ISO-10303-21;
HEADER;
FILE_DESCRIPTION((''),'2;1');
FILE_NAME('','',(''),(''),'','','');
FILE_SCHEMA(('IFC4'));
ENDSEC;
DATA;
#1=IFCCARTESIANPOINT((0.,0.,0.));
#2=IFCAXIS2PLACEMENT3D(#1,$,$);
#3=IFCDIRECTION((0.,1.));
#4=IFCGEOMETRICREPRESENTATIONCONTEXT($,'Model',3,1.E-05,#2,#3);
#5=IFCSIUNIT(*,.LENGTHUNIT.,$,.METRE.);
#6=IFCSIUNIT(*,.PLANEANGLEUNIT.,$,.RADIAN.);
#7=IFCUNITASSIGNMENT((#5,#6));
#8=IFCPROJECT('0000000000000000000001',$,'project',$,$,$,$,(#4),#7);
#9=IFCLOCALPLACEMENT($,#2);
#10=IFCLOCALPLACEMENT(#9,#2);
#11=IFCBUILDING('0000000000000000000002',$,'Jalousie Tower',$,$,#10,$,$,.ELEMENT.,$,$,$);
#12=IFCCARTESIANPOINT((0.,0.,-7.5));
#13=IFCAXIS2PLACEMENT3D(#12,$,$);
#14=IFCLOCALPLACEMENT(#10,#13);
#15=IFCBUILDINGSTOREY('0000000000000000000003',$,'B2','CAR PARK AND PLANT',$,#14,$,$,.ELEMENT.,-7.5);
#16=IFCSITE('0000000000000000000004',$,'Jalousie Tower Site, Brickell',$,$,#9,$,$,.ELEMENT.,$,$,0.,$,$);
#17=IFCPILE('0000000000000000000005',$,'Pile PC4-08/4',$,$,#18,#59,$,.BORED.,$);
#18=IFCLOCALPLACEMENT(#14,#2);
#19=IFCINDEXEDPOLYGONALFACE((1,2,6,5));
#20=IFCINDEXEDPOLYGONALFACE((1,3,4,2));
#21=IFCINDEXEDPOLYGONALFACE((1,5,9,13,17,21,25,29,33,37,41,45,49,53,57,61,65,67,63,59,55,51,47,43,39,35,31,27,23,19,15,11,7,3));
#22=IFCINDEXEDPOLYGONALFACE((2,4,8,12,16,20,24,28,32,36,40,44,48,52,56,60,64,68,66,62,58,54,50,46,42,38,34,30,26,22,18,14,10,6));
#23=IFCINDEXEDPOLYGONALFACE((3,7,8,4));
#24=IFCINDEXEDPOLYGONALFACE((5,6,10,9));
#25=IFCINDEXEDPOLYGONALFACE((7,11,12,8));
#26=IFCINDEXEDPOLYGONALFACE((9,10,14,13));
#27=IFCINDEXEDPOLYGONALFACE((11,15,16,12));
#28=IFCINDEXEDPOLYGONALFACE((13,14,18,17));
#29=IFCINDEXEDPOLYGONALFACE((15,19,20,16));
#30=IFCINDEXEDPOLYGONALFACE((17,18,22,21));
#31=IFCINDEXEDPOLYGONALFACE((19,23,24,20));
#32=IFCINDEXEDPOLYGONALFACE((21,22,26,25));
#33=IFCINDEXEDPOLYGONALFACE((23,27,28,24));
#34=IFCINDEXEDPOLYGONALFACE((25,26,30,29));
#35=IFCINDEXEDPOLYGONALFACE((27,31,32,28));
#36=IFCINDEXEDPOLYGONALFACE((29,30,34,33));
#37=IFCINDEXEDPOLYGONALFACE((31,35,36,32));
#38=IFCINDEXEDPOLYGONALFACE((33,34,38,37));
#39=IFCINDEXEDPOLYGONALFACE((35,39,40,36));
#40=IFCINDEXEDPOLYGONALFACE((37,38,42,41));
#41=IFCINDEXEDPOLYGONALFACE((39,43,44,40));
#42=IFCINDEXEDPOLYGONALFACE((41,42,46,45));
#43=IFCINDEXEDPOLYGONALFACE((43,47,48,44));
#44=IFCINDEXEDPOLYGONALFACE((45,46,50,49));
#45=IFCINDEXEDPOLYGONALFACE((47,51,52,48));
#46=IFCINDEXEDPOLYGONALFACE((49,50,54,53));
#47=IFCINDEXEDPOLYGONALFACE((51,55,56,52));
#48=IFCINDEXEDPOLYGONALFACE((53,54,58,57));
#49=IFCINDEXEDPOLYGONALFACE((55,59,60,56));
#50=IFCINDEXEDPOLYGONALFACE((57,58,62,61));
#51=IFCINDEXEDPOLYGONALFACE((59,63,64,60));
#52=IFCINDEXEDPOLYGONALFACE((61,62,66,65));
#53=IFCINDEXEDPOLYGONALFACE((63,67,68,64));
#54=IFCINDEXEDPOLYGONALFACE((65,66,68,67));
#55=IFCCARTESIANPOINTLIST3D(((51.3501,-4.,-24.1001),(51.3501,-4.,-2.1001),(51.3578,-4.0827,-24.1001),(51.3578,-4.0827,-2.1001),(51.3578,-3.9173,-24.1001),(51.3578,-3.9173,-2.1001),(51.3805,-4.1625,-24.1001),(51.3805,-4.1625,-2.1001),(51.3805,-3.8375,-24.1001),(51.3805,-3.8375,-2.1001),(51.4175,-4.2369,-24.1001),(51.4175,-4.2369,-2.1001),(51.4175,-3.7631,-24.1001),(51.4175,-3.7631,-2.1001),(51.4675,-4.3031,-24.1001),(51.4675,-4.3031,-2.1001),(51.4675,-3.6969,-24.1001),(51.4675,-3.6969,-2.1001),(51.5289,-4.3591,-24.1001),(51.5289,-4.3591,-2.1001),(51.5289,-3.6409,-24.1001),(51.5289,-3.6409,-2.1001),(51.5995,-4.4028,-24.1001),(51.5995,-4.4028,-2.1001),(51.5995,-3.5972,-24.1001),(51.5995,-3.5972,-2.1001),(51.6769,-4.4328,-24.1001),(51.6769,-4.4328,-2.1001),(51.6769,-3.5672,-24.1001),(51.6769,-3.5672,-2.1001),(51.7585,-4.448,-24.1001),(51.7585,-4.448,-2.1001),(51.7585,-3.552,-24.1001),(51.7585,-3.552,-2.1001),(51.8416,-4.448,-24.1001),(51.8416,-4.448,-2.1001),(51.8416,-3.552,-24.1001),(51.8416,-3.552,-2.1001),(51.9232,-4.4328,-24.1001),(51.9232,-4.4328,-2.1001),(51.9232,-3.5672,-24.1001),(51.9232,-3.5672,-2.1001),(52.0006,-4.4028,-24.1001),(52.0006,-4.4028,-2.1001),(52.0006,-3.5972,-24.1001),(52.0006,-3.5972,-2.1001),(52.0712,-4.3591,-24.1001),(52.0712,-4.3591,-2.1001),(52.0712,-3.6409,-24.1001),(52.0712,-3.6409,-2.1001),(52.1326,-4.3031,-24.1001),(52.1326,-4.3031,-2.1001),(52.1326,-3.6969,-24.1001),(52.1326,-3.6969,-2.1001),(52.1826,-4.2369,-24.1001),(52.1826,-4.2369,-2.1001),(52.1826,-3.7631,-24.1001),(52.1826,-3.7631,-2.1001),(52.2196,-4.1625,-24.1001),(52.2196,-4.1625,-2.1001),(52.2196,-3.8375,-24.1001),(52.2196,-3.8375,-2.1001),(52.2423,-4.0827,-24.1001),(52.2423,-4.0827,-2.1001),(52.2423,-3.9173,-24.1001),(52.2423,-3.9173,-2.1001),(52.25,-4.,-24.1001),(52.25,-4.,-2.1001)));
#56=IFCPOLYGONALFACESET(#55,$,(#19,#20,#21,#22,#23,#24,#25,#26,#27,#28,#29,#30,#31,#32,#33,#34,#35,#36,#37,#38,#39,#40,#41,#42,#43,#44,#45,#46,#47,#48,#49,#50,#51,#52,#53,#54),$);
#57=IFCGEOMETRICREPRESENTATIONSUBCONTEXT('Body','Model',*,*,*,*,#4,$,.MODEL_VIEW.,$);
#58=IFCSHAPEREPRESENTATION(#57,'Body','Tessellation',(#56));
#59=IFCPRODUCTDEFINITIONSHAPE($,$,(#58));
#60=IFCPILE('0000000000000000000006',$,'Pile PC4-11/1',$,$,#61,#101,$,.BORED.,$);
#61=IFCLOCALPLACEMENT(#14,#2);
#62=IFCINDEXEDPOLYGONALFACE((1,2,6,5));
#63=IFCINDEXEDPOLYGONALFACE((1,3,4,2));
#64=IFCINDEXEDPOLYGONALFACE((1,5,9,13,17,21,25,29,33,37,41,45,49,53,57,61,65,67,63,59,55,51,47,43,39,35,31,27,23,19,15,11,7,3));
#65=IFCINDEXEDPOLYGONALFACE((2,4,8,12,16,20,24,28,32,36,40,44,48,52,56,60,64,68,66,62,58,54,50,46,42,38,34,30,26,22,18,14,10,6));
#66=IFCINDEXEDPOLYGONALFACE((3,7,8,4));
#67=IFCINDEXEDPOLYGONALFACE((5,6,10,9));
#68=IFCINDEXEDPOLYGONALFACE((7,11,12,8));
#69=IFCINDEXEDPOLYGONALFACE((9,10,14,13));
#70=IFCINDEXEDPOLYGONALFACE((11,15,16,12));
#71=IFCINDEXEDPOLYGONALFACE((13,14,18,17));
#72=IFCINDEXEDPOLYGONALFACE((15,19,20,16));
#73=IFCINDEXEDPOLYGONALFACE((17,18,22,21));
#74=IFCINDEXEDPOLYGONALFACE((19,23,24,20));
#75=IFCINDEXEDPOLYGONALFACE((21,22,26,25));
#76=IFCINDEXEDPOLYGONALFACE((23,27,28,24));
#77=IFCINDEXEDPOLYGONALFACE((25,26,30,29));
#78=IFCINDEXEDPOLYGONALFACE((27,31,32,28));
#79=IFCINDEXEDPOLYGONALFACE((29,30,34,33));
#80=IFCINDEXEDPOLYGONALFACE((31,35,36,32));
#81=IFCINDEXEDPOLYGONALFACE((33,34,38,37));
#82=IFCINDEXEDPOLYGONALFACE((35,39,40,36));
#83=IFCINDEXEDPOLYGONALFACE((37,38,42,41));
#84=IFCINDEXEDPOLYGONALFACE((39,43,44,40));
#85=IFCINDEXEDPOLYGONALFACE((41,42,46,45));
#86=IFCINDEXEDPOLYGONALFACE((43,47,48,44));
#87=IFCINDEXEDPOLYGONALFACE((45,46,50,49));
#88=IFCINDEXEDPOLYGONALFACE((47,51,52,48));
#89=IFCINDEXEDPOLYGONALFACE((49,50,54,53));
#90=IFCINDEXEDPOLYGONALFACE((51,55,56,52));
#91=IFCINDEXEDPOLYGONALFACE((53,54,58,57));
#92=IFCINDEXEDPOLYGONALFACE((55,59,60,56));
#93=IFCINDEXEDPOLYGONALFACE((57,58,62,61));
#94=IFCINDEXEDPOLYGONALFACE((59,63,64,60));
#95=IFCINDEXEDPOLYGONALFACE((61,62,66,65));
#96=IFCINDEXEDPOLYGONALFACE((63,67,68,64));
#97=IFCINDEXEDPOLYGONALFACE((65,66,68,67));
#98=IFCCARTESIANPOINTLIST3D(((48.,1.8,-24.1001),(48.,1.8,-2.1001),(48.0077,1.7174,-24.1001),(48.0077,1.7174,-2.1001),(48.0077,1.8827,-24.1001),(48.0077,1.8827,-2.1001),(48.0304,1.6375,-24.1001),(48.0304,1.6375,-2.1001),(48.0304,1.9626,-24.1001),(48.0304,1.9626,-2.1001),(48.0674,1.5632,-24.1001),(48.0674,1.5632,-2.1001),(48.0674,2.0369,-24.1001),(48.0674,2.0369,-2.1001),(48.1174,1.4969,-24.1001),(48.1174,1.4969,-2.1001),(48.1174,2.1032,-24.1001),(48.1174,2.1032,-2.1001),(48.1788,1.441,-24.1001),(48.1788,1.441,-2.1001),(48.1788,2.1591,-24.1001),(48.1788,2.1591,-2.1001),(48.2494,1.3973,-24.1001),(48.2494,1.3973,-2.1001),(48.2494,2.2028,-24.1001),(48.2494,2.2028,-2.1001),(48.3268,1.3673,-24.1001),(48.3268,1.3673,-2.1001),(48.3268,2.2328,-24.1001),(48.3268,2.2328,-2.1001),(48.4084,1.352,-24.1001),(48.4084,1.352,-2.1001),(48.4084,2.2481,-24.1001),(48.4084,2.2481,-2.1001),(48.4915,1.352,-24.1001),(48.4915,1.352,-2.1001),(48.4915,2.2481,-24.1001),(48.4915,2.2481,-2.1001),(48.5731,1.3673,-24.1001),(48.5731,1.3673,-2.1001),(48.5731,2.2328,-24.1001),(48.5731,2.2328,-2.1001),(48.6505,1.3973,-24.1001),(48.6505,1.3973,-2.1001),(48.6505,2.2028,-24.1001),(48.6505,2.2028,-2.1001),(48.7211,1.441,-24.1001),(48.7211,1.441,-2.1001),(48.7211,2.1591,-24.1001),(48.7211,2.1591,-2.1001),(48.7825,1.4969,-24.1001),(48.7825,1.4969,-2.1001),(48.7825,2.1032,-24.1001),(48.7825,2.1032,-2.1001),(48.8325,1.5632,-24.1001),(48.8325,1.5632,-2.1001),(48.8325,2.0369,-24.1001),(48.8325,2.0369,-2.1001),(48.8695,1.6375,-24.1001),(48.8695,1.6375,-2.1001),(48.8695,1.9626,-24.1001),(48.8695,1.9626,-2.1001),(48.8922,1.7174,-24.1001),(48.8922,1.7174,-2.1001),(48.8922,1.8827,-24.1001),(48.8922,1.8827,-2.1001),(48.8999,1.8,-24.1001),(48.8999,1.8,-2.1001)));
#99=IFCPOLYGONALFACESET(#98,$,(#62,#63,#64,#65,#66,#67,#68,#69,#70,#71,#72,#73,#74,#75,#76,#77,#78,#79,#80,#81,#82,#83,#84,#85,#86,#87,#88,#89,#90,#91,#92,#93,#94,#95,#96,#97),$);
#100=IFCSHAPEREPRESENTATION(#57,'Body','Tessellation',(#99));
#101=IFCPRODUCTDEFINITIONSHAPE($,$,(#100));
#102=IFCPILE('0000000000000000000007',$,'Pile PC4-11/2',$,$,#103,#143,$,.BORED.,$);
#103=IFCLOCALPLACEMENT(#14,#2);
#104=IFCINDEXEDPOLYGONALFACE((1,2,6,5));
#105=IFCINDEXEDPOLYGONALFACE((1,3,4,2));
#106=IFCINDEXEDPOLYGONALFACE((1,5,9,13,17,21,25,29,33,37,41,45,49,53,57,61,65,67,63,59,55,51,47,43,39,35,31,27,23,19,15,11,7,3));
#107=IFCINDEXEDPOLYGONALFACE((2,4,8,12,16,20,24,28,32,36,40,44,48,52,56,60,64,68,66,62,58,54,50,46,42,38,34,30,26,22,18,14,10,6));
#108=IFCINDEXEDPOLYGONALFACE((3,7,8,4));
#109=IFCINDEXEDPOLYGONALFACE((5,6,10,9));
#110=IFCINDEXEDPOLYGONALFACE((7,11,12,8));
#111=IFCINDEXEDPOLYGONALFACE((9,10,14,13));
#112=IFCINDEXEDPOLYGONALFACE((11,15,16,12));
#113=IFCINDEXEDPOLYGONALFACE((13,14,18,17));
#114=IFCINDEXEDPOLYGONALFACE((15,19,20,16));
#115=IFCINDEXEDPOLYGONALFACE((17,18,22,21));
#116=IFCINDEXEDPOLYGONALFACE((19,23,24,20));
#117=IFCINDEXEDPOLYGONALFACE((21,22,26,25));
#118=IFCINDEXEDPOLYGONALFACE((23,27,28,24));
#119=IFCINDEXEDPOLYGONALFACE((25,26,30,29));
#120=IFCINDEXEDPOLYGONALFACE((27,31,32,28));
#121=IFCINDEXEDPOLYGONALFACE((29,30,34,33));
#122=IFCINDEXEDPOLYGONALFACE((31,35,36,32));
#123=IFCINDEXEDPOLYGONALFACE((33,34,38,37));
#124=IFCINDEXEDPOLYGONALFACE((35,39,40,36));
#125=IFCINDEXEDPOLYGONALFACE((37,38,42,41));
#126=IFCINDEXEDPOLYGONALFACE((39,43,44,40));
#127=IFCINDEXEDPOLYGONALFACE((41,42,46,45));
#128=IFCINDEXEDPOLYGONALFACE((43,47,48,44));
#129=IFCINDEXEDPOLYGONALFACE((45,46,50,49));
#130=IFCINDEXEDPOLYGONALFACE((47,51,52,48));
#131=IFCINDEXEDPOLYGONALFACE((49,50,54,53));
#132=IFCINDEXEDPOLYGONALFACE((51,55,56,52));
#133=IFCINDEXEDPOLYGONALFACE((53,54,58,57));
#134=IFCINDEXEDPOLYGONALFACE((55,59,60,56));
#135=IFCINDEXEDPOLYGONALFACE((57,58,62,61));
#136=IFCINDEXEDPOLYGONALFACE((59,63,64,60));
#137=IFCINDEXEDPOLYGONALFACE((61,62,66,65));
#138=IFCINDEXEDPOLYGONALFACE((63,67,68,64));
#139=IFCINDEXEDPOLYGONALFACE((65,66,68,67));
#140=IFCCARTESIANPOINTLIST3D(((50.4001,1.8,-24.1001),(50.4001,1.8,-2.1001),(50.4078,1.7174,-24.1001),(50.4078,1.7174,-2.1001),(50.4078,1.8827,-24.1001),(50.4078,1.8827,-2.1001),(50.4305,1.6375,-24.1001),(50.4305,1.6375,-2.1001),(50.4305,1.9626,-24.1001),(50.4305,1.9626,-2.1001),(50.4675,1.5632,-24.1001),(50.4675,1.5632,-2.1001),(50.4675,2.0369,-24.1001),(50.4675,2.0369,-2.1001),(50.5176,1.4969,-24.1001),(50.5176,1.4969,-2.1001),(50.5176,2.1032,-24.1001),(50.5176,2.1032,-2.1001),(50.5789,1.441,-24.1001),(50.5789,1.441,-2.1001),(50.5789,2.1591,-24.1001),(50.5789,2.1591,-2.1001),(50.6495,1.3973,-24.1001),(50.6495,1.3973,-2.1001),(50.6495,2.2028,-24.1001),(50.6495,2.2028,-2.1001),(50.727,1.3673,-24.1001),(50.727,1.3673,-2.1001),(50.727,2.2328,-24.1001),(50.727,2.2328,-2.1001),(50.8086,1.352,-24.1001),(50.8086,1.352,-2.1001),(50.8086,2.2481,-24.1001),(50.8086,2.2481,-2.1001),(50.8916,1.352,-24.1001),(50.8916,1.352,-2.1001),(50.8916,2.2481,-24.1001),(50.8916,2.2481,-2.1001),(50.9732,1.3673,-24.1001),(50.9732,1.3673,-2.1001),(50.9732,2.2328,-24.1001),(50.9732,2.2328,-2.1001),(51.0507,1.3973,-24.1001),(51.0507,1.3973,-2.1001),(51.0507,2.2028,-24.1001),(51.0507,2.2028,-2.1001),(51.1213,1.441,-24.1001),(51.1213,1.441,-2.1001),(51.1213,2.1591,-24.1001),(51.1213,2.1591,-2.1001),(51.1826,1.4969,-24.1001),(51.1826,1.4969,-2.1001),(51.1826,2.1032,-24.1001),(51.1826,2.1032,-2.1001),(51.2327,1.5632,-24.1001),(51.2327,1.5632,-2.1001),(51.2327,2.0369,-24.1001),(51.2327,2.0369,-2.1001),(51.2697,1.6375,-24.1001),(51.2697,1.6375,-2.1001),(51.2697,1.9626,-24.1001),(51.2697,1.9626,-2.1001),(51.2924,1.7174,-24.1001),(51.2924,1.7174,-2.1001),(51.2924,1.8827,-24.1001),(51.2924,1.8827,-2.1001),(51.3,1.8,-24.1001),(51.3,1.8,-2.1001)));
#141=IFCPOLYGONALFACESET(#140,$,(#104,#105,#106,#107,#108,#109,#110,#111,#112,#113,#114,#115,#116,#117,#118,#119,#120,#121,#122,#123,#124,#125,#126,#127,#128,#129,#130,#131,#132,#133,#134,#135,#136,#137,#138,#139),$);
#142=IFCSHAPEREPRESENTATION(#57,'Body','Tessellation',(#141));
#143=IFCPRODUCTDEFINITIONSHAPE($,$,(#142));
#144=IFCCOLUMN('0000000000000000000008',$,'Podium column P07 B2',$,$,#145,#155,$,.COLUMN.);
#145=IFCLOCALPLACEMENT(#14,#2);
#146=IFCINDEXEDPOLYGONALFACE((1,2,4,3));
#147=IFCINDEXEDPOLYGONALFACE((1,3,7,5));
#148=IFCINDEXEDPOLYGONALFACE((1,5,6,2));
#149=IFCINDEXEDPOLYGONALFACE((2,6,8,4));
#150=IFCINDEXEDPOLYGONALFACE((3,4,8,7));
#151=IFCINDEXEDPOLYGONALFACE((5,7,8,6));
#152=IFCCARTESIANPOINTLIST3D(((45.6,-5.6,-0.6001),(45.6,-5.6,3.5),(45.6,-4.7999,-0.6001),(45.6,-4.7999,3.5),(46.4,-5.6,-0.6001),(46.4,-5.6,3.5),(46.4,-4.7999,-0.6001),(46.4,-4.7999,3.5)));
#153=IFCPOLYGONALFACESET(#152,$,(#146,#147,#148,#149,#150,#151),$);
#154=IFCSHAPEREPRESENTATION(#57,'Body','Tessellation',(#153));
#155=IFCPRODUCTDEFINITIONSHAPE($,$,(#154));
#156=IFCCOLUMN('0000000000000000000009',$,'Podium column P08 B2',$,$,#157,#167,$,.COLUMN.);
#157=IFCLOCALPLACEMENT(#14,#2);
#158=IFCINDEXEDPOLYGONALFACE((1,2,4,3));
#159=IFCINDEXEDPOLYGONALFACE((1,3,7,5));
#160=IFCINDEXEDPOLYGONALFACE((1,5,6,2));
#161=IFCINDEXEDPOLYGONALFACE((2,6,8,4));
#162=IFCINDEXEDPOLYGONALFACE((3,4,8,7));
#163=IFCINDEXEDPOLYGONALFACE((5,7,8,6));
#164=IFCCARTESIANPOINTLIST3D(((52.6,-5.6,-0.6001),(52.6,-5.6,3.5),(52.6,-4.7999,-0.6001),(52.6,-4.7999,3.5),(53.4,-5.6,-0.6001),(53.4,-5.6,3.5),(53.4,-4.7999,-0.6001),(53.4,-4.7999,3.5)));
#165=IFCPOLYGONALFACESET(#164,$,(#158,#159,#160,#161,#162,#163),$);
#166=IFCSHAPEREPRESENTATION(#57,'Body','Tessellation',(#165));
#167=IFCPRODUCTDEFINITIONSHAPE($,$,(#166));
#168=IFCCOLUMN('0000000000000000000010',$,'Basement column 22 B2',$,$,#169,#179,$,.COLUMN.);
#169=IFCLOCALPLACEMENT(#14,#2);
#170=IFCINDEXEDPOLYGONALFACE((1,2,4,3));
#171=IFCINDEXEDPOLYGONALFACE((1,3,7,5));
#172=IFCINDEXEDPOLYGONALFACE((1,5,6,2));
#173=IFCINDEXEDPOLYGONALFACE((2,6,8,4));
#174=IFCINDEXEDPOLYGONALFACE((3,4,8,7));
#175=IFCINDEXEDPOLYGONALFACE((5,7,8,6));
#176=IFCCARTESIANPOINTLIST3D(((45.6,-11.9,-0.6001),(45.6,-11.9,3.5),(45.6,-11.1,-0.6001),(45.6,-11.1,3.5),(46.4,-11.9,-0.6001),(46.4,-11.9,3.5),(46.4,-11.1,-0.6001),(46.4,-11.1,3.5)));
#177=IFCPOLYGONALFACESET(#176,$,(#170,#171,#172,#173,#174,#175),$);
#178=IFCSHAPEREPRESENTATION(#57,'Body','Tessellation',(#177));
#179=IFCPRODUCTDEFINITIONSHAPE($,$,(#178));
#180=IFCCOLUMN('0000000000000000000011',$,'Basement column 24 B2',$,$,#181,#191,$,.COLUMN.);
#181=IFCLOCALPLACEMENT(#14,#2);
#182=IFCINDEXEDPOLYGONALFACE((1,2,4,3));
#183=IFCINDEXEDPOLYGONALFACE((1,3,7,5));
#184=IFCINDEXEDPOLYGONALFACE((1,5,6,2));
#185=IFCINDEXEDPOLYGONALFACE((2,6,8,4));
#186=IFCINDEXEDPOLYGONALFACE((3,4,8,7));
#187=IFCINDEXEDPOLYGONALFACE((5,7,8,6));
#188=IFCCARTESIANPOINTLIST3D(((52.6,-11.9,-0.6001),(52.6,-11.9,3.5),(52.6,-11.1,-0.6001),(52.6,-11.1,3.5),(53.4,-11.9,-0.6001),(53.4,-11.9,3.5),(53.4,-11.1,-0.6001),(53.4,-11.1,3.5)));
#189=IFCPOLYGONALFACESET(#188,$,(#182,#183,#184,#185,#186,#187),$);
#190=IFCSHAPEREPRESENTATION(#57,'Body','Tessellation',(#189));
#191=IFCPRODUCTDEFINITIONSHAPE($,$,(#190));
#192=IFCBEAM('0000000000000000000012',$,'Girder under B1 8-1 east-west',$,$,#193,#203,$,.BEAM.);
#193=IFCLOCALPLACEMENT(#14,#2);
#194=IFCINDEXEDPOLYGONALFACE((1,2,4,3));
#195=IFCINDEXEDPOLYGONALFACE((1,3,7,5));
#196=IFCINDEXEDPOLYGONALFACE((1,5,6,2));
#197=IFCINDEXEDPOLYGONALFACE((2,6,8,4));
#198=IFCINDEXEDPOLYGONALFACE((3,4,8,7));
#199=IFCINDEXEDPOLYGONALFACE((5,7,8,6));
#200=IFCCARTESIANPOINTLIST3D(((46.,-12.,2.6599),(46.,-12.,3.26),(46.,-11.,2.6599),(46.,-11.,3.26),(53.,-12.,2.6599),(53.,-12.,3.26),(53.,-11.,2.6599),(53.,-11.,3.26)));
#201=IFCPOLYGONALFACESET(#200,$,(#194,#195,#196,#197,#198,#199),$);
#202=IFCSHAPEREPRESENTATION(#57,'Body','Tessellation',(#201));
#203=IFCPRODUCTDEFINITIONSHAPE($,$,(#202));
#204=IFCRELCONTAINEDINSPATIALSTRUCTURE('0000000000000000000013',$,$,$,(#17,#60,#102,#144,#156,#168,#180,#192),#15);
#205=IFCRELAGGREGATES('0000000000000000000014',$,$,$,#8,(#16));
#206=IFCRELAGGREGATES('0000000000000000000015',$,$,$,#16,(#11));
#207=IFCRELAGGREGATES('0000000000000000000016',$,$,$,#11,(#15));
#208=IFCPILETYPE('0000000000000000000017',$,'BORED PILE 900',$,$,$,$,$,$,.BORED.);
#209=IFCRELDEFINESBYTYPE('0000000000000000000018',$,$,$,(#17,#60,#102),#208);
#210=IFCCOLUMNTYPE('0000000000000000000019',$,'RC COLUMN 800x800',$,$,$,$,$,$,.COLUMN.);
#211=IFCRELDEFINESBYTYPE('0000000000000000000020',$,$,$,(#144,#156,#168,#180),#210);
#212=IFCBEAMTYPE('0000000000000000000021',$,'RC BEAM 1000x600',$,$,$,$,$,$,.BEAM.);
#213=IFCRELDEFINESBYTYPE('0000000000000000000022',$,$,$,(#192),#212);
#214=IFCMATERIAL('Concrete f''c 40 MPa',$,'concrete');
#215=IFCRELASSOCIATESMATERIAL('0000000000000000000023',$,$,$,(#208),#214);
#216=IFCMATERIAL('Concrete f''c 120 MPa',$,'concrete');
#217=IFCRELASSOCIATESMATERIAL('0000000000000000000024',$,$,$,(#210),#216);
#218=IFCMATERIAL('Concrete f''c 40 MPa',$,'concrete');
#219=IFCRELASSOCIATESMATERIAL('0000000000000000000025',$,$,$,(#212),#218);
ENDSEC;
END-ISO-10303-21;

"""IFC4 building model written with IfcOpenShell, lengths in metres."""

from ifc_helpers import new_model, si_unit, direction, frame, origin, origin_2d, place, context, subcontext, project, spatial, rectangle, circle, extrude, material, material_profile, profile_set, type_object, element, save


model = new_model("IFC4")

# Units and contexts
model_context = context("Model", 3, precision=1e-05, world=origin(), true_north=direction((0.0, 1.0)))
body_context = subcontext(model_context, "Body", "Model", "MODEL_VIEW")
ifc_project = project(units=[si_unit("LENGTHUNIT", "METRE"), si_unit("PLANEANGLEUNIT", "RADIAN")], contexts=[model_context])

# Site, building, storey
site_placement = place(None, origin())
site = spatial("IfcSite", under=ifc_project, at=site_placement, Name="Jalousie Tower Site, Brickell", CompositionType="ELEMENT", RefElevation=0.0)
building_placement = place(site_placement, origin())
building = spatial("IfcBuilding", under=site, at=building_placement, Name="Jalousie Tower", CompositionType="ELEMENT")
storey_placement = place(building_placement, frame((0.0, 0.0, -7.5)))
storey = spatial("IfcBuildingStorey", under=building, at=storey_placement, Name="B2", Description="CAR PARK AND PLANT", CompositionType="ELEMENT", Elevation=-7.5)

# Piles
ifc_material_1 = material(Name="Concrete f'c 40 MPa", Category="concrete")
ifc_material_profile_1 = material_profile(ifc_material_1, circle(Radius=0.45, at=origin_2d()), Name="BORED PILE D900")
ifc_profile_set_1 = profile_set([ifc_material_profile_1], Name="Concrete f'c 40 MPa")
pile_type_1 = type_object("IfcPileType", Name="BORED PILE 900", PredefinedType="BORED", material=ifc_profile_set_1)
for number, where, z_axis, x_axis, name in (
    (1, (51.8, -4.0, -2.1001), (0.0, 0.0, -1.0), (1.0, 0.0, 0.0), "Pile PC4-08/4"),
    (2, (48.45, 1.8, -2.1001), (0.0, 0.0, -1.0), (1.0, 0.0, 0.0), "Pile PC4-11/1"),
    (3, (50.8501, 1.8, -2.1001), (0.0, 0.0, -1.0), (1.0, 0.0, 0.0), "Pile PC4-11/2"),
):
    element("IfcPile", number, at=place(storey_placement, frame(where, z_axis=z_axis, x_axis=x_axis)), inside=storey, type_object=pile_type_1, Name=name, PredefinedType="BORED", context=body_context, shape_type="SweptSolid", body=[
        extrude(circle(Radius=0.45, at=origin_2d()), origin(), (0.0, 0.0, 1.0), 22.0),
    ])

# Columns
ifc_material_2 = material(Name="Concrete f'c 120 MPa", Category="concrete")
ifc_material_profile_2 = material_profile(ifc_material_2, rectangle(XDim=0.8, YDim=0.8, at=origin_2d()), Name="RC 800x800")
ifc_profile_set_2 = profile_set([ifc_material_profile_2], Name="Concrete f'c 120 MPa")
column_type = type_object("IfcColumnType", Name="RC COLUMN 800x800", PredefinedType="COLUMN", material=ifc_profile_set_2)
for number, where, z_axis, x_axis, name in (
    (4, (46.0, -5.2, -0.6001), (0.0, 0.0, 1.0), (1.0, 0.0, 0.0), "Podium column P07 B2"),
    (5, (53.0, -5.2, -0.6001), (0.0, 0.0, 1.0), (1.0, 0.0, 0.0), "Podium column P08 B2"),
    (6, (46.0, -11.5, -0.6001), (0.0, 0.0, 1.0), (1.0, 0.0, 0.0), "Basement column 22 B2"),
    (7, (53.0, -11.5, -0.6001), (0.0, 0.0, 1.0), (1.0, 0.0, 0.0), "Basement column 24 B2"),
):
    element("IfcColumn", number, at=place(storey_placement, frame(where, z_axis=z_axis, x_axis=x_axis)), inside=storey, type_object=column_type, Name=name, PredefinedType="COLUMN", context=body_context, shape_type="SweptSolid", body=[
        extrude(rectangle(XDim=0.8, YDim=0.8, at=origin_2d()), origin(), (0.0, 0.0, 1.0), 4.1001),
    ])

# Beam
ifc_material_3 = material(Name="Concrete f'c 40 MPa", Category="concrete")
ifc_material_profile_3 = material_profile(ifc_material_3, rectangle(XDim=1.0, YDim=0.6001, at=origin_2d()), Name="RC 1000x600")
ifc_profile_set_3 = profile_set([ifc_material_profile_3], Name="Concrete f'c 40 MPa")
beam_type_1 = type_object("IfcBeamType", Name="RC BEAM 1000x600", PredefinedType="BEAM", material=ifc_profile_set_3)
beam_1_placement = place(storey_placement, frame((46.0, -11.5, 2.96), z_axis=(1.0, 0.0, 0.0), x_axis=(0.0, 1.0, 0.0)))
element("IfcBeam", 8, at=beam_1_placement, inside=storey, type_object=beam_type_1, Name="Girder under B1 8-1 east-west", PredefinedType="BEAM", context=body_context, shape_type="SweptSolid", body=[
    extrude(rectangle(XDim=1.0, YDim=0.6001, at=origin_2d()), origin(), (0.0, 0.0, 1.0), 7.0),
])

save(model, "model.ifc")
